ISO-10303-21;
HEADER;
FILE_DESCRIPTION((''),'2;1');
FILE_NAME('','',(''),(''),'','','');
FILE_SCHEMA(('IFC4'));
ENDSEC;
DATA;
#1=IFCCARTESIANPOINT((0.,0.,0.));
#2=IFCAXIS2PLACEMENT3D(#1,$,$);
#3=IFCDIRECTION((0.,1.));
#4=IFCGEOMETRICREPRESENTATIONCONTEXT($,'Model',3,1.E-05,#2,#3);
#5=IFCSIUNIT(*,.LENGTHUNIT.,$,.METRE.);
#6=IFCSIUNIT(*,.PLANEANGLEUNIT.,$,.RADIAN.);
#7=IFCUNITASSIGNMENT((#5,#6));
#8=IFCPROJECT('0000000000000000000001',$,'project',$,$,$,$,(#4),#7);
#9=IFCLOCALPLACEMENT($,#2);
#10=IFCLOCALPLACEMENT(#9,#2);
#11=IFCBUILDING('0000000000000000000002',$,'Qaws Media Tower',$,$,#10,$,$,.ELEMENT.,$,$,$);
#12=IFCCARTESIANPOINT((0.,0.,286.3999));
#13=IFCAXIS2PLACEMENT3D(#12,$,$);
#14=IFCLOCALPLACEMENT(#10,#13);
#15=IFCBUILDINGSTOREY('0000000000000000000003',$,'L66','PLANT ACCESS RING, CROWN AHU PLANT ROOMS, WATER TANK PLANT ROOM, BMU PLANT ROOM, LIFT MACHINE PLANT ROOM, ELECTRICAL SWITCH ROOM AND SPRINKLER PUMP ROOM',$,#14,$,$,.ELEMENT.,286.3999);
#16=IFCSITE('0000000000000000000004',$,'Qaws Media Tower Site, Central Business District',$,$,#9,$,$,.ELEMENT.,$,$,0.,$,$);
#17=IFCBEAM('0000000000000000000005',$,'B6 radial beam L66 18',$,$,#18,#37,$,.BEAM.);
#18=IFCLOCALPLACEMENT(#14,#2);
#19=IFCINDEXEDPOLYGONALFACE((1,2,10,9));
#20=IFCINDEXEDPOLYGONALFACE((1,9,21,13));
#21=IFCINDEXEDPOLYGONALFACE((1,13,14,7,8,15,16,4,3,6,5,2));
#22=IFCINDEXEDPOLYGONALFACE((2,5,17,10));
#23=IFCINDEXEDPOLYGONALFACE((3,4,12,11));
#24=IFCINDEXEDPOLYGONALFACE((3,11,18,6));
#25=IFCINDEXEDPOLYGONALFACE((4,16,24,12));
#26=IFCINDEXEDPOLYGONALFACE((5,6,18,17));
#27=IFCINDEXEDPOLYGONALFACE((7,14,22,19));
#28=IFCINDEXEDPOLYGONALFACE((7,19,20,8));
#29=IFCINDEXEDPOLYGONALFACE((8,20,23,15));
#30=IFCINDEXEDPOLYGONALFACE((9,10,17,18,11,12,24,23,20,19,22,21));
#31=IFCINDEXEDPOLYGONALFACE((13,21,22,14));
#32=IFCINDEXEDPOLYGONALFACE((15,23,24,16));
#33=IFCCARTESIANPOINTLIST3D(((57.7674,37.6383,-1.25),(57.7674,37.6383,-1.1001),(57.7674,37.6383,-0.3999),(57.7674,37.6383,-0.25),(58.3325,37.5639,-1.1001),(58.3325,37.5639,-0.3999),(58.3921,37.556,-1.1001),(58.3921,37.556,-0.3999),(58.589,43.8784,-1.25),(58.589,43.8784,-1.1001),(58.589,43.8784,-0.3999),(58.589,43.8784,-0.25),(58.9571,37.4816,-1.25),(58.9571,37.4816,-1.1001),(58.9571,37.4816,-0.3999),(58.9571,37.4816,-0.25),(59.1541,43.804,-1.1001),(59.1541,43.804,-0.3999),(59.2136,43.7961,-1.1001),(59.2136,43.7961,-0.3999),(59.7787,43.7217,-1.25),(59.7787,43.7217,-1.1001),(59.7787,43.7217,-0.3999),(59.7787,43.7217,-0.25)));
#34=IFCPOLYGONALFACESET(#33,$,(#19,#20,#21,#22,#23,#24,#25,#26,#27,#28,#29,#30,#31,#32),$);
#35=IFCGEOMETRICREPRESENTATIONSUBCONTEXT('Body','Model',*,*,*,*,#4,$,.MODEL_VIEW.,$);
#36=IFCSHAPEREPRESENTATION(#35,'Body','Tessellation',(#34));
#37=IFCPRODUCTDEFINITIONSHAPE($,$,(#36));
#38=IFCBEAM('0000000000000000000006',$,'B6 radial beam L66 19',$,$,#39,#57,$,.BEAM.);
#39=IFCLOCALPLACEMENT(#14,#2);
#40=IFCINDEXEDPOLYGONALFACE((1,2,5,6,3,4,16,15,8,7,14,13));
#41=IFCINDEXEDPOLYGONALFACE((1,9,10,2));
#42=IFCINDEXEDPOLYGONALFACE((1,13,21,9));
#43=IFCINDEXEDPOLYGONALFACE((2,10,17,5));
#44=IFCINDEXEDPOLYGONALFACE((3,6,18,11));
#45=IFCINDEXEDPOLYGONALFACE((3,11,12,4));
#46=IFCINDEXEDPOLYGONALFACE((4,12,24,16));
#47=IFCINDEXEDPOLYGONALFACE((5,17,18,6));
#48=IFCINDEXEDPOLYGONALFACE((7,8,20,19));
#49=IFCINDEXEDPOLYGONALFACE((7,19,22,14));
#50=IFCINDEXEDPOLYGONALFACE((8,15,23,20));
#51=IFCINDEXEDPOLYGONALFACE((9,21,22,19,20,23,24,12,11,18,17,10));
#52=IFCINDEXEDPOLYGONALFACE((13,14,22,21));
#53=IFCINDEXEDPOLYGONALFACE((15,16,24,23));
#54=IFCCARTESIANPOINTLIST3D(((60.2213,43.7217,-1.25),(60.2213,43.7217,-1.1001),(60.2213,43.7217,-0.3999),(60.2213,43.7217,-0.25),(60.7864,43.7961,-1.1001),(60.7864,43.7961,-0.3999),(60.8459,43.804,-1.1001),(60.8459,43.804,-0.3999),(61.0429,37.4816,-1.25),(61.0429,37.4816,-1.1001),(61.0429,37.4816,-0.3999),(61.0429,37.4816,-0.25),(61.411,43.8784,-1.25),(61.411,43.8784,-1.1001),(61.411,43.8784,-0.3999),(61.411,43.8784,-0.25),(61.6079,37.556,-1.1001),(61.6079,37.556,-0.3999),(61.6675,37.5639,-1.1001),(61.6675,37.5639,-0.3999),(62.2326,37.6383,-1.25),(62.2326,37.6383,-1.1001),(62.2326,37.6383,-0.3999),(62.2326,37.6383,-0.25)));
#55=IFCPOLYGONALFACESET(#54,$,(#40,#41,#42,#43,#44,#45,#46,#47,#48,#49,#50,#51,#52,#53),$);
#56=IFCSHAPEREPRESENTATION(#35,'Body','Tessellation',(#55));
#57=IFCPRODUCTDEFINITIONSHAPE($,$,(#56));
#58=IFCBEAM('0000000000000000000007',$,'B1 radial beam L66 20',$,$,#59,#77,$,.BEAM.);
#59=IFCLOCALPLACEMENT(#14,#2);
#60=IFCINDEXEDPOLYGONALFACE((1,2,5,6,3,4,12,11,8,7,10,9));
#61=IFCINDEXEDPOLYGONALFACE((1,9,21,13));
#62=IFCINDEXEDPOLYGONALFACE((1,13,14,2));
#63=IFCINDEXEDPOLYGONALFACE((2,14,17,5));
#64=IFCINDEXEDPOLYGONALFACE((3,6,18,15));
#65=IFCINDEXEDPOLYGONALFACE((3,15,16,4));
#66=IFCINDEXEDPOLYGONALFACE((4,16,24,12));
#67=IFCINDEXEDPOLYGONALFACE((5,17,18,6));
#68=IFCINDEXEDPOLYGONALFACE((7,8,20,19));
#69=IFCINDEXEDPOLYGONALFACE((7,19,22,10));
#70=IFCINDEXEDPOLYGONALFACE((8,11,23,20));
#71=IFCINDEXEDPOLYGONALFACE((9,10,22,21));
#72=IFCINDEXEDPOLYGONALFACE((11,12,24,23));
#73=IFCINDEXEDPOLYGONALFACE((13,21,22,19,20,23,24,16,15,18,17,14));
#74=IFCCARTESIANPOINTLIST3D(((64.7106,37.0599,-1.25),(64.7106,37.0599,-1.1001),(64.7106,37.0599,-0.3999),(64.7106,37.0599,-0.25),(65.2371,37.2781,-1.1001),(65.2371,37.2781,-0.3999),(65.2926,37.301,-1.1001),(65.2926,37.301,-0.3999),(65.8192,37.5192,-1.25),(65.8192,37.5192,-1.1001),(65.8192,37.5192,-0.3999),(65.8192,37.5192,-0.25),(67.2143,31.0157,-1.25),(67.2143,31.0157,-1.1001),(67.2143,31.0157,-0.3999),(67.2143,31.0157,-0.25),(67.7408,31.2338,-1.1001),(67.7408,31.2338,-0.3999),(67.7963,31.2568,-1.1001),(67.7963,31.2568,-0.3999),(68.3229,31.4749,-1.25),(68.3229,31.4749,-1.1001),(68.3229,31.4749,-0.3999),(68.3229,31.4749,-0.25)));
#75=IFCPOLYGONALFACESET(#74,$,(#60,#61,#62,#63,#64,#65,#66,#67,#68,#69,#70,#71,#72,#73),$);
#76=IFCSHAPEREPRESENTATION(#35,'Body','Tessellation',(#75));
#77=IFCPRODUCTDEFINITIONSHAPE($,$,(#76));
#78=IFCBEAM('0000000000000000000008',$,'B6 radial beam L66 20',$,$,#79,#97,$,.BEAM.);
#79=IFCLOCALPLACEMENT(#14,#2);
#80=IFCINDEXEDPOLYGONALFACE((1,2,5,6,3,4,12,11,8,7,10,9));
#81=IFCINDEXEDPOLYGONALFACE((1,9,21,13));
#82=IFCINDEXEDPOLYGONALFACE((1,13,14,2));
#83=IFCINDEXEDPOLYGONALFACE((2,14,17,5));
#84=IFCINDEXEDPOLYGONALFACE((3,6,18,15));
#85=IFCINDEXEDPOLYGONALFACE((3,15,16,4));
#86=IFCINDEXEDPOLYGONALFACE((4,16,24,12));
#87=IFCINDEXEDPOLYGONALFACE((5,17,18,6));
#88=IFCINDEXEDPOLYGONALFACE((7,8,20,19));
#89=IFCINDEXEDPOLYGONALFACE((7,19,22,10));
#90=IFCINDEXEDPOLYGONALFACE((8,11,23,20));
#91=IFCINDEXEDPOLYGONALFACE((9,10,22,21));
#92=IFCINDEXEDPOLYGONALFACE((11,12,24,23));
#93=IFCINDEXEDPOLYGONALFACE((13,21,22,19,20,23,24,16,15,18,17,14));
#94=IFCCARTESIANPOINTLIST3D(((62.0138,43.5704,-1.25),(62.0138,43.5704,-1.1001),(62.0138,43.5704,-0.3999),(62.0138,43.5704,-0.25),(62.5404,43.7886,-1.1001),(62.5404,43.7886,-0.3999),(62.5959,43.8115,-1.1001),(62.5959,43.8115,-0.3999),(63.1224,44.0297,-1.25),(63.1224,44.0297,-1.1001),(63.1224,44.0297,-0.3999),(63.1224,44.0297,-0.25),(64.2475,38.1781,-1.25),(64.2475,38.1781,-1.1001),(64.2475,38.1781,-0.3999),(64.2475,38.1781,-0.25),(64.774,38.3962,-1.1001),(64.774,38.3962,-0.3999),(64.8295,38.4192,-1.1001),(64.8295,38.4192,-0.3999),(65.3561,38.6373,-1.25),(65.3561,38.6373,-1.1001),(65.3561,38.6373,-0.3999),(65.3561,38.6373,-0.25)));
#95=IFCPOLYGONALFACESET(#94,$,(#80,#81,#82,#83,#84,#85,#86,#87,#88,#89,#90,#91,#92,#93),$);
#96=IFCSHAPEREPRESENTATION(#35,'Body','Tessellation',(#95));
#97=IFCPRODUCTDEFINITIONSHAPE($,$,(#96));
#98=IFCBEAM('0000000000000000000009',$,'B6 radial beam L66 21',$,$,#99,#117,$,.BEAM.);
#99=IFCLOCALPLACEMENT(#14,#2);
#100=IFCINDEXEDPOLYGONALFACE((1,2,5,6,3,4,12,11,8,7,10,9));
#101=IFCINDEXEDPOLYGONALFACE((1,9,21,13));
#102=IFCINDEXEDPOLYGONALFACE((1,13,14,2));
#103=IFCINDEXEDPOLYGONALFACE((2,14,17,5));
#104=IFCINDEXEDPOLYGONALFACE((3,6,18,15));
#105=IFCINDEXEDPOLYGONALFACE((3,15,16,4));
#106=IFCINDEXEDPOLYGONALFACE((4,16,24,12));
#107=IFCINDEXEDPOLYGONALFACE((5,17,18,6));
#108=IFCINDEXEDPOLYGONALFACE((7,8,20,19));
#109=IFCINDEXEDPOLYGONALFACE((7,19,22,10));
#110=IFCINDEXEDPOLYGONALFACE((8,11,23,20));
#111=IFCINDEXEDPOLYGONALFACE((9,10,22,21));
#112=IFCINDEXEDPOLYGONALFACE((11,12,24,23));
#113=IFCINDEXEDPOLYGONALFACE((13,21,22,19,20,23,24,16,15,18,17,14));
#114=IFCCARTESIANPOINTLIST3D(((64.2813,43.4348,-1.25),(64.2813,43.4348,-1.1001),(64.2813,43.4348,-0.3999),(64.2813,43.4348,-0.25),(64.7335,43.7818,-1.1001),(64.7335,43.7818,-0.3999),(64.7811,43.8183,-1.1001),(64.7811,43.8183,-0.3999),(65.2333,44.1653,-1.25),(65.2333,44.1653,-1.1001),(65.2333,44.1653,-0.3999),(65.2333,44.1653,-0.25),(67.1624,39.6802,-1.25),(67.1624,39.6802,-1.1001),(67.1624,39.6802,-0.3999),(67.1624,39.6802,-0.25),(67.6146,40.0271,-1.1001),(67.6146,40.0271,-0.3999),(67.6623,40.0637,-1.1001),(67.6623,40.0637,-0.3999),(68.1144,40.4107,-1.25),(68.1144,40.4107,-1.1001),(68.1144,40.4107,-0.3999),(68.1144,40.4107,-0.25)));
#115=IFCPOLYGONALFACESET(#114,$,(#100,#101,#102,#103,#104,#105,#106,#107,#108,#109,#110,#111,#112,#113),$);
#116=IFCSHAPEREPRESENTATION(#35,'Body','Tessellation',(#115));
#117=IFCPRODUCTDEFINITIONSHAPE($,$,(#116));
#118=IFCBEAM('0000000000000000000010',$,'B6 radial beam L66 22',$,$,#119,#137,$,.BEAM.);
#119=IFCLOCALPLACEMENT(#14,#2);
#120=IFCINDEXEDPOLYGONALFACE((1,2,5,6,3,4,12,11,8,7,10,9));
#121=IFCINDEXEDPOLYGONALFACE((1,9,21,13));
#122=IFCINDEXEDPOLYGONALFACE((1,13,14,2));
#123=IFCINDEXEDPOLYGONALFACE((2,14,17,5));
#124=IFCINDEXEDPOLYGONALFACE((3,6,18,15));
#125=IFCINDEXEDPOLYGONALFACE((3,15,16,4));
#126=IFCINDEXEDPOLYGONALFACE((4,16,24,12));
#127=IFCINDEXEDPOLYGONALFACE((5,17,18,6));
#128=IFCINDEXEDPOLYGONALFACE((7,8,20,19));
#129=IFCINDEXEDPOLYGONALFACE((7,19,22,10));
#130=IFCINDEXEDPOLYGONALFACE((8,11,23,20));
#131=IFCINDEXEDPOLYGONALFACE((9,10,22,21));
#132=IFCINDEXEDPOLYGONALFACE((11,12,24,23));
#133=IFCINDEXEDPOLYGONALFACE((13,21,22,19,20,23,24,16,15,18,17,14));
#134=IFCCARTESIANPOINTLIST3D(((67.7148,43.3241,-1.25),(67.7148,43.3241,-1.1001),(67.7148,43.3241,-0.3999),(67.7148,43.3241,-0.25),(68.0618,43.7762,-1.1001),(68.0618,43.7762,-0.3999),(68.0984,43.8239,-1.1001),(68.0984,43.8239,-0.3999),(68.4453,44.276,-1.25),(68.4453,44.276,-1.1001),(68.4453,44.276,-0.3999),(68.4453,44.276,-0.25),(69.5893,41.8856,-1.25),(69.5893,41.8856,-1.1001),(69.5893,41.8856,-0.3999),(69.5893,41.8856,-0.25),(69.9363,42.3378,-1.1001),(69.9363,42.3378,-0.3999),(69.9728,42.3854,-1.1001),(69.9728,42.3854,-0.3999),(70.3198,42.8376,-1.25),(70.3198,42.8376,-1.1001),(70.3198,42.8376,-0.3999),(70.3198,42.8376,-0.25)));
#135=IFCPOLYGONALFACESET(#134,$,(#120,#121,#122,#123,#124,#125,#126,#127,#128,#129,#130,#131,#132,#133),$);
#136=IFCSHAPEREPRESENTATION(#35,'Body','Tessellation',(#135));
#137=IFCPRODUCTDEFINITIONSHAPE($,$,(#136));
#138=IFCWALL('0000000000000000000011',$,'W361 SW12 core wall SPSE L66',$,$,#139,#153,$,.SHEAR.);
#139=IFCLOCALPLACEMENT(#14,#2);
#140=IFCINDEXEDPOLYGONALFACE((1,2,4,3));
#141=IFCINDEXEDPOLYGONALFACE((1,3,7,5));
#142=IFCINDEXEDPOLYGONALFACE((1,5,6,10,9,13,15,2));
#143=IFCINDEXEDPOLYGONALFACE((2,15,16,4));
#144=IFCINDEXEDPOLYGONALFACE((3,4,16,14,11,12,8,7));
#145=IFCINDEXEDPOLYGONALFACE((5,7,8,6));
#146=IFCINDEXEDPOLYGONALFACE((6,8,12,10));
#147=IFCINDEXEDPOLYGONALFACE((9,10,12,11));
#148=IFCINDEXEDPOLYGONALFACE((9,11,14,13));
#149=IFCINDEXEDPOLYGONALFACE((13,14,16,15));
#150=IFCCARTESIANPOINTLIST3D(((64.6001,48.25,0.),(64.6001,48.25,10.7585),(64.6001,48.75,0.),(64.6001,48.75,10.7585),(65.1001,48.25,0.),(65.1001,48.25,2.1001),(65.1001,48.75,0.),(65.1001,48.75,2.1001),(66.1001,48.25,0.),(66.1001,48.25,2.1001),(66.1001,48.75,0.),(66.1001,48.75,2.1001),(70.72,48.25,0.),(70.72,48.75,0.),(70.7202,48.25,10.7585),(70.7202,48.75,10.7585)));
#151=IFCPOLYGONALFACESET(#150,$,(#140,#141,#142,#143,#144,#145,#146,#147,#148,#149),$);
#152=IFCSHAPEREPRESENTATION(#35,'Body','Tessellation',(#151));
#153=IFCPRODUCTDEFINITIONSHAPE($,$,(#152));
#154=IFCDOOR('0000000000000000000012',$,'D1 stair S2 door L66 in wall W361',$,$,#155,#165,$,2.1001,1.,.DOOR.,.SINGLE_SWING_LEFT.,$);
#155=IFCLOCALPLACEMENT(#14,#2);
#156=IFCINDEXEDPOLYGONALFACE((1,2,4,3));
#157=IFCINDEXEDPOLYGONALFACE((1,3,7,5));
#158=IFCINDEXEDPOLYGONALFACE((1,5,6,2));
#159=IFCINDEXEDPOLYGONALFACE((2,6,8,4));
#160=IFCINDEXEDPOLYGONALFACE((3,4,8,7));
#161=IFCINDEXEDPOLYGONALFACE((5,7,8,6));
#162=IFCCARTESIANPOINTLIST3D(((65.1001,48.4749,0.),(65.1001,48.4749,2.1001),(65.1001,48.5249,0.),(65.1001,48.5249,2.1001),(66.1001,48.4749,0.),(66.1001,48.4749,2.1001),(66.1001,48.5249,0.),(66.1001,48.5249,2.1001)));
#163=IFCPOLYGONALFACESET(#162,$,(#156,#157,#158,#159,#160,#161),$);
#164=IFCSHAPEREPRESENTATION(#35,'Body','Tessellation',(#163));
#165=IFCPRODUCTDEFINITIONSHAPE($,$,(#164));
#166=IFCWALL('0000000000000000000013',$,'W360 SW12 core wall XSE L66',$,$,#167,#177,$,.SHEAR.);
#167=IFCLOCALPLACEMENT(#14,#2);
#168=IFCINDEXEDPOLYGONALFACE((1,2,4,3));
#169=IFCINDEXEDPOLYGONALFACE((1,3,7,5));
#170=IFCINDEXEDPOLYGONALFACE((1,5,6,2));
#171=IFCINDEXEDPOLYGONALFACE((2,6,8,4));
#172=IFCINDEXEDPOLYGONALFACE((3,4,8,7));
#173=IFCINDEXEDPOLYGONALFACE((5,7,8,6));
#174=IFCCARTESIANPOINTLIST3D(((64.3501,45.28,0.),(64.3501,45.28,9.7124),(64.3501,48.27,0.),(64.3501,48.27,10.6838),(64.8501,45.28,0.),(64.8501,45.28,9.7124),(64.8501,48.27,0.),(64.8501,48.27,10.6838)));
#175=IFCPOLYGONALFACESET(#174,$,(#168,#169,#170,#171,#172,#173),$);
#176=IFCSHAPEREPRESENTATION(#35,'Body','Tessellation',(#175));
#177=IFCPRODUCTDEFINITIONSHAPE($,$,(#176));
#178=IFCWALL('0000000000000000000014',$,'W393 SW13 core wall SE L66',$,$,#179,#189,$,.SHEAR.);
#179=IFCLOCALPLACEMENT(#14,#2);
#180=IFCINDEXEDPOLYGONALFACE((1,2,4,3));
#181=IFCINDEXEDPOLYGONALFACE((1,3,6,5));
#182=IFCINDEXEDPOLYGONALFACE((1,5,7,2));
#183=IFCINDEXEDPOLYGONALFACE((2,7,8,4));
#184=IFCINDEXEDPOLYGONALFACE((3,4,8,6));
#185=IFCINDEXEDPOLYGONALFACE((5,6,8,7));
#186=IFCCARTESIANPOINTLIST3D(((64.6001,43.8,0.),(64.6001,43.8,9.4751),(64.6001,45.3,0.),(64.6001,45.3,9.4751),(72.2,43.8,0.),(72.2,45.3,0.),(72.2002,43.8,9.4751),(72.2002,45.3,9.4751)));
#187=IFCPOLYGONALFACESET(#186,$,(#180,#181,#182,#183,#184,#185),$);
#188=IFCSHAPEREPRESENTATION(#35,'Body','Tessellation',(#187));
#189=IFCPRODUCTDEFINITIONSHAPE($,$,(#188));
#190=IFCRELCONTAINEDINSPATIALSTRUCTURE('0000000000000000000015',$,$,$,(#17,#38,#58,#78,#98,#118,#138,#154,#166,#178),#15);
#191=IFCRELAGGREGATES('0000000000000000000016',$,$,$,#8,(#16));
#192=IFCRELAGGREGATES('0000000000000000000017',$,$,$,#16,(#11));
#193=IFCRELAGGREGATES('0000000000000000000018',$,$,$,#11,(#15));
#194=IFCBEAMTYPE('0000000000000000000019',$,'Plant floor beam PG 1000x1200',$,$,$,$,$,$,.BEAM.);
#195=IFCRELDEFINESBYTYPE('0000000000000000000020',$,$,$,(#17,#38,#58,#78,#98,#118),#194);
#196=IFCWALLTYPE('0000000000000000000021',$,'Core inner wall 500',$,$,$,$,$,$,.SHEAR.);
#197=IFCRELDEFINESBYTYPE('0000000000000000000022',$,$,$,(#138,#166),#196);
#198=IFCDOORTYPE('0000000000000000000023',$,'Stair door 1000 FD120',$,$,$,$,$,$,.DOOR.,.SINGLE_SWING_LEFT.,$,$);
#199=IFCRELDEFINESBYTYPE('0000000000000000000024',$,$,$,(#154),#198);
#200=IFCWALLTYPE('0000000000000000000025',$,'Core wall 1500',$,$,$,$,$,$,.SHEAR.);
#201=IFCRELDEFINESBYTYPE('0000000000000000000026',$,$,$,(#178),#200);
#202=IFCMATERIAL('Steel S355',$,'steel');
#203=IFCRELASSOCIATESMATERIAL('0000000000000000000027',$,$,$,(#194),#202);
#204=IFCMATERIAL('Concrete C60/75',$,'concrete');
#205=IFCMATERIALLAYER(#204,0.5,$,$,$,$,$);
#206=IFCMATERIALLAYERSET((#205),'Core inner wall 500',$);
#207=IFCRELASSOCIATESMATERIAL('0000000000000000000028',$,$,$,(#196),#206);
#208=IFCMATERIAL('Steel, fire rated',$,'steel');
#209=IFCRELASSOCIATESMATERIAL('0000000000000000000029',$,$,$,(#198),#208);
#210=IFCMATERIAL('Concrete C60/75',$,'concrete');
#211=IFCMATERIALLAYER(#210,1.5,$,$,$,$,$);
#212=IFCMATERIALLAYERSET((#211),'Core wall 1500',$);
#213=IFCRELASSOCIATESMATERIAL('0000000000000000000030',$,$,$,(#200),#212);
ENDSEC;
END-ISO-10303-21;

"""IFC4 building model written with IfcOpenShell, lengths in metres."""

from ifc_helpers import new_model, si_unit, direction, frame, frame_2d, origin, origin_2d, place, context, subcontext, project, spatial, polyline, rectangle, i_section, outline, extrude, material, layer, layer_set, material_profile, profile_set, type_object, element, fill, save


model = new_model("IFC4")

# Units and contexts
model_context = context("Model", 3, precision=1e-05, world=origin(), true_north=direction((0.0, 1.0)))
body_context = subcontext(model_context, "Body", "Model", "MODEL_VIEW")
ifc_project = project(units=[si_unit("LENGTHUNIT", "METRE"), si_unit("PLANEANGLEUNIT", "RADIAN")], contexts=[model_context])

# Site, building, storey
site_placement = place(None, origin())
site = spatial("IfcSite", under=ifc_project, at=site_placement, Name="Qaws Media Tower Site, Central Business District", CompositionType="ELEMENT", RefElevation=0.0)
building_placement = place(site_placement, origin())
building = spatial("IfcBuilding", under=site, at=building_placement, Name="Qaws Media Tower", CompositionType="ELEMENT")
storey_placement = place(building_placement, frame((0.0, 0.0, 286.3999)))
storey = spatial("IfcBuildingStorey", under=building, at=storey_placement, Name="L66", Description="PLANT ACCESS RING, CROWN AHU PLANT ROOMS, WATER TANK PLANT ROOM, BMU PLANT ROOM, LIFT MACHINE PLANT ROOM, ELECTRICAL SWITCH ROOM AND SPRINKLER PUMP ROOM", CompositionType="ELEMENT", Elevation=286.3999)

# Beams
ifc_material_1 = material(Name="Steel S355", Category="steel")
ifc_material_profile_1 = material_profile(ifc_material_1, i_section(OverallWidth=1.2, OverallDepth=1.0, WebThickness=0.0601, FlangeThickness=0.1499, at=origin_2d()), Name="PG 1000x1200")
ifc_profile_set_1 = profile_set([ifc_material_profile_1], Name="Steel S355")
beam_type_1 = type_object("IfcBeamType", Name="Plant floor beam PG 1000x1200", PredefinedType="BEAM", material=ifc_profile_set_1)
for number, where, z_axis, x_axis, name in (
    (1, (59.1838, 43.8, -0.75), (-0.13053, -0.991444, 0.0), (0.991444, -0.13053, 0.0), "B6 radial beam L66 18"),
    (2, (60.8162, 43.8, -0.75), (0.13053, -0.991444, 0.0), (0.991444, 0.13053, 0.0), "B6 radial beam L66 19"),
):
    element("IfcBeam", number, at=place(storey_placement, frame(where, z_axis=z_axis, x_axis=x_axis)), inside=storey, type_object=beam_type_1, Name=name, PredefinedType="BEAM", context=body_context, shape_type="SweptSolid", body=[
        extrude(i_section(OverallWidth=1.2, OverallDepth=1.0, WebThickness=0.0601, FlangeThickness=0.1499, at=origin_2d()), origin(), (0.0, 0.0, 1.0), 6.2939),
    ])
beam_1_placement = place(storey_placement, frame((65.2649, 37.2896, -0.75), z_axis=(0.382693, -0.923875, 0.0), x_axis=(0.923875, 0.382693, 0.0)))
element("IfcBeam", 3, at=beam_1_placement, inside=storey, type_object=beam_type_1, Name="B1 radial beam L66 20", PredefinedType="BEAM", context=body_context, shape_type="SweptSolid", body=[
    extrude(i_section(OverallWidth=1.2, OverallDepth=1.0, WebThickness=0.0601, FlangeThickness=0.1499, at=origin_2d()), origin(), (0.0, 0.0, 1.0), 6.5422),
])
beam_2_placement = place(storey_placement, frame((62.5681, 43.8, -0.75), z_axis=(0.382693, -0.923876, 0.0), x_axis=(0.923876, 0.382693, 0.0)))
element("IfcBeam", 4, at=beam_2_placement, inside=storey, type_object=beam_type_1, Name="B6 radial beam L66 20", PredefinedType="BEAM", context=body_context, shape_type="SweptSolid", body=[
    extrude(i_section(OverallWidth=1.2, OverallDepth=1.0, WebThickness=0.0601, FlangeThickness=0.1499, at=origin_2d()), origin(), (0.0, 0.0, 1.0), 5.8367),
])
beam_3_placement = place(storey_placement, frame((64.7573, 43.8, -0.75), z_axis=(0.60877, -0.793346, 0.0), x_axis=(0.793346, 0.60877, 0.0)))
element("IfcBeam", 5, at=beam_3_placement, inside=storey, type_object=beam_type_1, Name="B6 radial beam L66 21", PredefinedType="BEAM", context=body_context, shape_type="SweptSolid", body=[
    extrude(i_section(OverallWidth=1.2, OverallDepth=1.0, WebThickness=0.0601, FlangeThickness=0.1499, at=origin_2d()), origin(), (0.0, 0.0, 1.0), 4.7327),
])
beam_4_placement = place(storey_placement, frame((68.0801, 43.8, -0.75), z_axis=(0.79333, -0.608792, 0.0), x_axis=(0.608792, 0.79333, 0.0)))
element("IfcBeam", 6, at=beam_4_placement, inside=storey, type_object=beam_type_1, Name="B6 radial beam L66 22", PredefinedType="BEAM", context=body_context, shape_type="SweptSolid", body=[
    extrude(i_section(OverallWidth=1.2, OverallDepth=1.0, WebThickness=0.0601, FlangeThickness=0.1499, at=origin_2d()), origin(), (0.0, 0.0, 1.0), 2.3628),
])

# Wall, opening, door
ifc_material_2 = material(Name="Concrete C60/75", Category="concrete")
ifc_layer_1 = layer(ifc_material_2, 0.5)
ifc_layer_set_1 = layer_set([ifc_layer_1], Name="Core inner wall 500")
wall_type_1 = type_object("IfcWallType", Name="Core inner wall 500", PredefinedType="SHEAR", material=ifc_layer_set_1)
wall_1_placement = place(storey_placement, frame((64.6001, 48.5, 0.0), z_axis=(0.0, 0.0, 1.0), x_axis=(1.0, 0.0, 0.0)))
wall_1 = element("IfcWall", 7, at=wall_1_placement, inside=storey, type_object=wall_type_1, Name="W361 SW12 core wall SPSE L66", PredefinedType="SHEAR", context=body_context, shape_type="SweptSolid", body=[
    extrude(outline(polyline([(0.0, 0.0), (6.1199, 0.0), (6.1201, 10.7585), (0.0, 10.7585), (0.0, 0.0)])), frame((0.0, 0.25, 0.0), z_axis=(0.0, -1.0, 0.0), x_axis=(1.0, 0.0, 0.0)), (0.0, 0.0, 1.0), 0.5),
])
opening_placement = place(wall_1_placement, frame((0.5, 0.0, 0.0)))
opening = element("IfcOpeningElement", 8, at=opening_placement, cuts=wall_1, PredefinedType="OPENING", context=body_context, shape_type="SweptSolid", body=[
    extrude(rectangle(XDim=1.0, YDim=2.1001, at=frame_2d((0.5, 1.05))), frame((0.0, 0.26, 0.0), z_axis=(0.0, -1.0, 0.0), x_axis=(1.0, 0.0, 0.0)), (0.0, 0.0, 1.0), 0.52),
])
ifc_material_3 = material(Name="Steel, fire rated", Category="steel")
door_type = type_object("IfcDoorType", Name="Stair door 1000 FD120", OperationType="SINGLE_SWING_LEFT", PredefinedType="DOOR", material=ifc_material_3)
door_placement = place(opening_placement, origin())
door = element("IfcDoor", 9, at=door_placement, inside=storey, type_object=door_type, Name="D1 stair S2 door L66 in wall W361", OperationType="SINGLE_SWING_LEFT", OverallHeight=2.1001, OverallWidth=1.0, PredefinedType="DOOR", context=body_context, shape_type="SweptSolid", body=[
    extrude(rectangle(XDim=1.0, YDim=2.1001, at=frame_2d((0.5, 1.05))), frame((0.0, 0.0249, 0.0), z_axis=(0.0, -1.0, 0.0), x_axis=(1.0, 0.0, 0.0)), (0.0, 0.0, 1.0), 0.05),
])
fill(opening, door)

# Walls
wall_2_placement = place(storey_placement, frame((64.6001, 48.27, 0.0), z_axis=(0.0, 0.0, 1.0), x_axis=(0.0, -1.0, 0.0)))
element("IfcWall", 10, at=wall_2_placement, inside=storey, type_object=wall_type_1, Name="W360 SW12 core wall XSE L66", PredefinedType="SHEAR", context=body_context, shape_type="SweptSolid", body=[
    extrude(outline(polyline([(0.0, 0.0), (2.99, 0.0), (2.99, 9.7124), (0.0, 10.6838), (0.0, 0.0)])), frame((0.0, 0.25, 0.0), z_axis=(0.0, -1.0, 0.0), x_axis=(1.0, 0.0, 0.0)), (0.0, 0.0, 1.0), 0.5),
])
ifc_material_4 = material(Name="Concrete C60/75", Category="concrete")
ifc_layer_2 = layer(ifc_material_4, 1.5)
ifc_layer_set_2 = layer_set([ifc_layer_2], Name="Core wall 1500")
wall_type_2 = type_object("IfcWallType", Name="Core wall 1500", PredefinedType="SHEAR", material=ifc_layer_set_2)
wall_3_placement = place(storey_placement, frame((64.6001, 44.55, 0.0), z_axis=(0.0, 0.0, 1.0), x_axis=(1.0, 0.0, 0.0)))
element("IfcWall", 11, at=wall_3_placement, inside=storey, type_object=wall_type_2, Name="W393 SW13 core wall SE L66", PredefinedType="SHEAR", context=body_context, shape_type="SweptSolid", body=[
    extrude(outline(polyline([(0.0, 0.0), (7.5999, 0.0), (7.6001, 9.4751), (0.0, 9.4751), (0.0, 0.0)])), frame((0.0, 0.75, 0.0), z_axis=(0.0, -1.0, 0.0), x_axis=(1.0, 0.0, 0.0)), (0.0, 0.0, 1.0), 1.5),
])

save(model, "model.ifc")
